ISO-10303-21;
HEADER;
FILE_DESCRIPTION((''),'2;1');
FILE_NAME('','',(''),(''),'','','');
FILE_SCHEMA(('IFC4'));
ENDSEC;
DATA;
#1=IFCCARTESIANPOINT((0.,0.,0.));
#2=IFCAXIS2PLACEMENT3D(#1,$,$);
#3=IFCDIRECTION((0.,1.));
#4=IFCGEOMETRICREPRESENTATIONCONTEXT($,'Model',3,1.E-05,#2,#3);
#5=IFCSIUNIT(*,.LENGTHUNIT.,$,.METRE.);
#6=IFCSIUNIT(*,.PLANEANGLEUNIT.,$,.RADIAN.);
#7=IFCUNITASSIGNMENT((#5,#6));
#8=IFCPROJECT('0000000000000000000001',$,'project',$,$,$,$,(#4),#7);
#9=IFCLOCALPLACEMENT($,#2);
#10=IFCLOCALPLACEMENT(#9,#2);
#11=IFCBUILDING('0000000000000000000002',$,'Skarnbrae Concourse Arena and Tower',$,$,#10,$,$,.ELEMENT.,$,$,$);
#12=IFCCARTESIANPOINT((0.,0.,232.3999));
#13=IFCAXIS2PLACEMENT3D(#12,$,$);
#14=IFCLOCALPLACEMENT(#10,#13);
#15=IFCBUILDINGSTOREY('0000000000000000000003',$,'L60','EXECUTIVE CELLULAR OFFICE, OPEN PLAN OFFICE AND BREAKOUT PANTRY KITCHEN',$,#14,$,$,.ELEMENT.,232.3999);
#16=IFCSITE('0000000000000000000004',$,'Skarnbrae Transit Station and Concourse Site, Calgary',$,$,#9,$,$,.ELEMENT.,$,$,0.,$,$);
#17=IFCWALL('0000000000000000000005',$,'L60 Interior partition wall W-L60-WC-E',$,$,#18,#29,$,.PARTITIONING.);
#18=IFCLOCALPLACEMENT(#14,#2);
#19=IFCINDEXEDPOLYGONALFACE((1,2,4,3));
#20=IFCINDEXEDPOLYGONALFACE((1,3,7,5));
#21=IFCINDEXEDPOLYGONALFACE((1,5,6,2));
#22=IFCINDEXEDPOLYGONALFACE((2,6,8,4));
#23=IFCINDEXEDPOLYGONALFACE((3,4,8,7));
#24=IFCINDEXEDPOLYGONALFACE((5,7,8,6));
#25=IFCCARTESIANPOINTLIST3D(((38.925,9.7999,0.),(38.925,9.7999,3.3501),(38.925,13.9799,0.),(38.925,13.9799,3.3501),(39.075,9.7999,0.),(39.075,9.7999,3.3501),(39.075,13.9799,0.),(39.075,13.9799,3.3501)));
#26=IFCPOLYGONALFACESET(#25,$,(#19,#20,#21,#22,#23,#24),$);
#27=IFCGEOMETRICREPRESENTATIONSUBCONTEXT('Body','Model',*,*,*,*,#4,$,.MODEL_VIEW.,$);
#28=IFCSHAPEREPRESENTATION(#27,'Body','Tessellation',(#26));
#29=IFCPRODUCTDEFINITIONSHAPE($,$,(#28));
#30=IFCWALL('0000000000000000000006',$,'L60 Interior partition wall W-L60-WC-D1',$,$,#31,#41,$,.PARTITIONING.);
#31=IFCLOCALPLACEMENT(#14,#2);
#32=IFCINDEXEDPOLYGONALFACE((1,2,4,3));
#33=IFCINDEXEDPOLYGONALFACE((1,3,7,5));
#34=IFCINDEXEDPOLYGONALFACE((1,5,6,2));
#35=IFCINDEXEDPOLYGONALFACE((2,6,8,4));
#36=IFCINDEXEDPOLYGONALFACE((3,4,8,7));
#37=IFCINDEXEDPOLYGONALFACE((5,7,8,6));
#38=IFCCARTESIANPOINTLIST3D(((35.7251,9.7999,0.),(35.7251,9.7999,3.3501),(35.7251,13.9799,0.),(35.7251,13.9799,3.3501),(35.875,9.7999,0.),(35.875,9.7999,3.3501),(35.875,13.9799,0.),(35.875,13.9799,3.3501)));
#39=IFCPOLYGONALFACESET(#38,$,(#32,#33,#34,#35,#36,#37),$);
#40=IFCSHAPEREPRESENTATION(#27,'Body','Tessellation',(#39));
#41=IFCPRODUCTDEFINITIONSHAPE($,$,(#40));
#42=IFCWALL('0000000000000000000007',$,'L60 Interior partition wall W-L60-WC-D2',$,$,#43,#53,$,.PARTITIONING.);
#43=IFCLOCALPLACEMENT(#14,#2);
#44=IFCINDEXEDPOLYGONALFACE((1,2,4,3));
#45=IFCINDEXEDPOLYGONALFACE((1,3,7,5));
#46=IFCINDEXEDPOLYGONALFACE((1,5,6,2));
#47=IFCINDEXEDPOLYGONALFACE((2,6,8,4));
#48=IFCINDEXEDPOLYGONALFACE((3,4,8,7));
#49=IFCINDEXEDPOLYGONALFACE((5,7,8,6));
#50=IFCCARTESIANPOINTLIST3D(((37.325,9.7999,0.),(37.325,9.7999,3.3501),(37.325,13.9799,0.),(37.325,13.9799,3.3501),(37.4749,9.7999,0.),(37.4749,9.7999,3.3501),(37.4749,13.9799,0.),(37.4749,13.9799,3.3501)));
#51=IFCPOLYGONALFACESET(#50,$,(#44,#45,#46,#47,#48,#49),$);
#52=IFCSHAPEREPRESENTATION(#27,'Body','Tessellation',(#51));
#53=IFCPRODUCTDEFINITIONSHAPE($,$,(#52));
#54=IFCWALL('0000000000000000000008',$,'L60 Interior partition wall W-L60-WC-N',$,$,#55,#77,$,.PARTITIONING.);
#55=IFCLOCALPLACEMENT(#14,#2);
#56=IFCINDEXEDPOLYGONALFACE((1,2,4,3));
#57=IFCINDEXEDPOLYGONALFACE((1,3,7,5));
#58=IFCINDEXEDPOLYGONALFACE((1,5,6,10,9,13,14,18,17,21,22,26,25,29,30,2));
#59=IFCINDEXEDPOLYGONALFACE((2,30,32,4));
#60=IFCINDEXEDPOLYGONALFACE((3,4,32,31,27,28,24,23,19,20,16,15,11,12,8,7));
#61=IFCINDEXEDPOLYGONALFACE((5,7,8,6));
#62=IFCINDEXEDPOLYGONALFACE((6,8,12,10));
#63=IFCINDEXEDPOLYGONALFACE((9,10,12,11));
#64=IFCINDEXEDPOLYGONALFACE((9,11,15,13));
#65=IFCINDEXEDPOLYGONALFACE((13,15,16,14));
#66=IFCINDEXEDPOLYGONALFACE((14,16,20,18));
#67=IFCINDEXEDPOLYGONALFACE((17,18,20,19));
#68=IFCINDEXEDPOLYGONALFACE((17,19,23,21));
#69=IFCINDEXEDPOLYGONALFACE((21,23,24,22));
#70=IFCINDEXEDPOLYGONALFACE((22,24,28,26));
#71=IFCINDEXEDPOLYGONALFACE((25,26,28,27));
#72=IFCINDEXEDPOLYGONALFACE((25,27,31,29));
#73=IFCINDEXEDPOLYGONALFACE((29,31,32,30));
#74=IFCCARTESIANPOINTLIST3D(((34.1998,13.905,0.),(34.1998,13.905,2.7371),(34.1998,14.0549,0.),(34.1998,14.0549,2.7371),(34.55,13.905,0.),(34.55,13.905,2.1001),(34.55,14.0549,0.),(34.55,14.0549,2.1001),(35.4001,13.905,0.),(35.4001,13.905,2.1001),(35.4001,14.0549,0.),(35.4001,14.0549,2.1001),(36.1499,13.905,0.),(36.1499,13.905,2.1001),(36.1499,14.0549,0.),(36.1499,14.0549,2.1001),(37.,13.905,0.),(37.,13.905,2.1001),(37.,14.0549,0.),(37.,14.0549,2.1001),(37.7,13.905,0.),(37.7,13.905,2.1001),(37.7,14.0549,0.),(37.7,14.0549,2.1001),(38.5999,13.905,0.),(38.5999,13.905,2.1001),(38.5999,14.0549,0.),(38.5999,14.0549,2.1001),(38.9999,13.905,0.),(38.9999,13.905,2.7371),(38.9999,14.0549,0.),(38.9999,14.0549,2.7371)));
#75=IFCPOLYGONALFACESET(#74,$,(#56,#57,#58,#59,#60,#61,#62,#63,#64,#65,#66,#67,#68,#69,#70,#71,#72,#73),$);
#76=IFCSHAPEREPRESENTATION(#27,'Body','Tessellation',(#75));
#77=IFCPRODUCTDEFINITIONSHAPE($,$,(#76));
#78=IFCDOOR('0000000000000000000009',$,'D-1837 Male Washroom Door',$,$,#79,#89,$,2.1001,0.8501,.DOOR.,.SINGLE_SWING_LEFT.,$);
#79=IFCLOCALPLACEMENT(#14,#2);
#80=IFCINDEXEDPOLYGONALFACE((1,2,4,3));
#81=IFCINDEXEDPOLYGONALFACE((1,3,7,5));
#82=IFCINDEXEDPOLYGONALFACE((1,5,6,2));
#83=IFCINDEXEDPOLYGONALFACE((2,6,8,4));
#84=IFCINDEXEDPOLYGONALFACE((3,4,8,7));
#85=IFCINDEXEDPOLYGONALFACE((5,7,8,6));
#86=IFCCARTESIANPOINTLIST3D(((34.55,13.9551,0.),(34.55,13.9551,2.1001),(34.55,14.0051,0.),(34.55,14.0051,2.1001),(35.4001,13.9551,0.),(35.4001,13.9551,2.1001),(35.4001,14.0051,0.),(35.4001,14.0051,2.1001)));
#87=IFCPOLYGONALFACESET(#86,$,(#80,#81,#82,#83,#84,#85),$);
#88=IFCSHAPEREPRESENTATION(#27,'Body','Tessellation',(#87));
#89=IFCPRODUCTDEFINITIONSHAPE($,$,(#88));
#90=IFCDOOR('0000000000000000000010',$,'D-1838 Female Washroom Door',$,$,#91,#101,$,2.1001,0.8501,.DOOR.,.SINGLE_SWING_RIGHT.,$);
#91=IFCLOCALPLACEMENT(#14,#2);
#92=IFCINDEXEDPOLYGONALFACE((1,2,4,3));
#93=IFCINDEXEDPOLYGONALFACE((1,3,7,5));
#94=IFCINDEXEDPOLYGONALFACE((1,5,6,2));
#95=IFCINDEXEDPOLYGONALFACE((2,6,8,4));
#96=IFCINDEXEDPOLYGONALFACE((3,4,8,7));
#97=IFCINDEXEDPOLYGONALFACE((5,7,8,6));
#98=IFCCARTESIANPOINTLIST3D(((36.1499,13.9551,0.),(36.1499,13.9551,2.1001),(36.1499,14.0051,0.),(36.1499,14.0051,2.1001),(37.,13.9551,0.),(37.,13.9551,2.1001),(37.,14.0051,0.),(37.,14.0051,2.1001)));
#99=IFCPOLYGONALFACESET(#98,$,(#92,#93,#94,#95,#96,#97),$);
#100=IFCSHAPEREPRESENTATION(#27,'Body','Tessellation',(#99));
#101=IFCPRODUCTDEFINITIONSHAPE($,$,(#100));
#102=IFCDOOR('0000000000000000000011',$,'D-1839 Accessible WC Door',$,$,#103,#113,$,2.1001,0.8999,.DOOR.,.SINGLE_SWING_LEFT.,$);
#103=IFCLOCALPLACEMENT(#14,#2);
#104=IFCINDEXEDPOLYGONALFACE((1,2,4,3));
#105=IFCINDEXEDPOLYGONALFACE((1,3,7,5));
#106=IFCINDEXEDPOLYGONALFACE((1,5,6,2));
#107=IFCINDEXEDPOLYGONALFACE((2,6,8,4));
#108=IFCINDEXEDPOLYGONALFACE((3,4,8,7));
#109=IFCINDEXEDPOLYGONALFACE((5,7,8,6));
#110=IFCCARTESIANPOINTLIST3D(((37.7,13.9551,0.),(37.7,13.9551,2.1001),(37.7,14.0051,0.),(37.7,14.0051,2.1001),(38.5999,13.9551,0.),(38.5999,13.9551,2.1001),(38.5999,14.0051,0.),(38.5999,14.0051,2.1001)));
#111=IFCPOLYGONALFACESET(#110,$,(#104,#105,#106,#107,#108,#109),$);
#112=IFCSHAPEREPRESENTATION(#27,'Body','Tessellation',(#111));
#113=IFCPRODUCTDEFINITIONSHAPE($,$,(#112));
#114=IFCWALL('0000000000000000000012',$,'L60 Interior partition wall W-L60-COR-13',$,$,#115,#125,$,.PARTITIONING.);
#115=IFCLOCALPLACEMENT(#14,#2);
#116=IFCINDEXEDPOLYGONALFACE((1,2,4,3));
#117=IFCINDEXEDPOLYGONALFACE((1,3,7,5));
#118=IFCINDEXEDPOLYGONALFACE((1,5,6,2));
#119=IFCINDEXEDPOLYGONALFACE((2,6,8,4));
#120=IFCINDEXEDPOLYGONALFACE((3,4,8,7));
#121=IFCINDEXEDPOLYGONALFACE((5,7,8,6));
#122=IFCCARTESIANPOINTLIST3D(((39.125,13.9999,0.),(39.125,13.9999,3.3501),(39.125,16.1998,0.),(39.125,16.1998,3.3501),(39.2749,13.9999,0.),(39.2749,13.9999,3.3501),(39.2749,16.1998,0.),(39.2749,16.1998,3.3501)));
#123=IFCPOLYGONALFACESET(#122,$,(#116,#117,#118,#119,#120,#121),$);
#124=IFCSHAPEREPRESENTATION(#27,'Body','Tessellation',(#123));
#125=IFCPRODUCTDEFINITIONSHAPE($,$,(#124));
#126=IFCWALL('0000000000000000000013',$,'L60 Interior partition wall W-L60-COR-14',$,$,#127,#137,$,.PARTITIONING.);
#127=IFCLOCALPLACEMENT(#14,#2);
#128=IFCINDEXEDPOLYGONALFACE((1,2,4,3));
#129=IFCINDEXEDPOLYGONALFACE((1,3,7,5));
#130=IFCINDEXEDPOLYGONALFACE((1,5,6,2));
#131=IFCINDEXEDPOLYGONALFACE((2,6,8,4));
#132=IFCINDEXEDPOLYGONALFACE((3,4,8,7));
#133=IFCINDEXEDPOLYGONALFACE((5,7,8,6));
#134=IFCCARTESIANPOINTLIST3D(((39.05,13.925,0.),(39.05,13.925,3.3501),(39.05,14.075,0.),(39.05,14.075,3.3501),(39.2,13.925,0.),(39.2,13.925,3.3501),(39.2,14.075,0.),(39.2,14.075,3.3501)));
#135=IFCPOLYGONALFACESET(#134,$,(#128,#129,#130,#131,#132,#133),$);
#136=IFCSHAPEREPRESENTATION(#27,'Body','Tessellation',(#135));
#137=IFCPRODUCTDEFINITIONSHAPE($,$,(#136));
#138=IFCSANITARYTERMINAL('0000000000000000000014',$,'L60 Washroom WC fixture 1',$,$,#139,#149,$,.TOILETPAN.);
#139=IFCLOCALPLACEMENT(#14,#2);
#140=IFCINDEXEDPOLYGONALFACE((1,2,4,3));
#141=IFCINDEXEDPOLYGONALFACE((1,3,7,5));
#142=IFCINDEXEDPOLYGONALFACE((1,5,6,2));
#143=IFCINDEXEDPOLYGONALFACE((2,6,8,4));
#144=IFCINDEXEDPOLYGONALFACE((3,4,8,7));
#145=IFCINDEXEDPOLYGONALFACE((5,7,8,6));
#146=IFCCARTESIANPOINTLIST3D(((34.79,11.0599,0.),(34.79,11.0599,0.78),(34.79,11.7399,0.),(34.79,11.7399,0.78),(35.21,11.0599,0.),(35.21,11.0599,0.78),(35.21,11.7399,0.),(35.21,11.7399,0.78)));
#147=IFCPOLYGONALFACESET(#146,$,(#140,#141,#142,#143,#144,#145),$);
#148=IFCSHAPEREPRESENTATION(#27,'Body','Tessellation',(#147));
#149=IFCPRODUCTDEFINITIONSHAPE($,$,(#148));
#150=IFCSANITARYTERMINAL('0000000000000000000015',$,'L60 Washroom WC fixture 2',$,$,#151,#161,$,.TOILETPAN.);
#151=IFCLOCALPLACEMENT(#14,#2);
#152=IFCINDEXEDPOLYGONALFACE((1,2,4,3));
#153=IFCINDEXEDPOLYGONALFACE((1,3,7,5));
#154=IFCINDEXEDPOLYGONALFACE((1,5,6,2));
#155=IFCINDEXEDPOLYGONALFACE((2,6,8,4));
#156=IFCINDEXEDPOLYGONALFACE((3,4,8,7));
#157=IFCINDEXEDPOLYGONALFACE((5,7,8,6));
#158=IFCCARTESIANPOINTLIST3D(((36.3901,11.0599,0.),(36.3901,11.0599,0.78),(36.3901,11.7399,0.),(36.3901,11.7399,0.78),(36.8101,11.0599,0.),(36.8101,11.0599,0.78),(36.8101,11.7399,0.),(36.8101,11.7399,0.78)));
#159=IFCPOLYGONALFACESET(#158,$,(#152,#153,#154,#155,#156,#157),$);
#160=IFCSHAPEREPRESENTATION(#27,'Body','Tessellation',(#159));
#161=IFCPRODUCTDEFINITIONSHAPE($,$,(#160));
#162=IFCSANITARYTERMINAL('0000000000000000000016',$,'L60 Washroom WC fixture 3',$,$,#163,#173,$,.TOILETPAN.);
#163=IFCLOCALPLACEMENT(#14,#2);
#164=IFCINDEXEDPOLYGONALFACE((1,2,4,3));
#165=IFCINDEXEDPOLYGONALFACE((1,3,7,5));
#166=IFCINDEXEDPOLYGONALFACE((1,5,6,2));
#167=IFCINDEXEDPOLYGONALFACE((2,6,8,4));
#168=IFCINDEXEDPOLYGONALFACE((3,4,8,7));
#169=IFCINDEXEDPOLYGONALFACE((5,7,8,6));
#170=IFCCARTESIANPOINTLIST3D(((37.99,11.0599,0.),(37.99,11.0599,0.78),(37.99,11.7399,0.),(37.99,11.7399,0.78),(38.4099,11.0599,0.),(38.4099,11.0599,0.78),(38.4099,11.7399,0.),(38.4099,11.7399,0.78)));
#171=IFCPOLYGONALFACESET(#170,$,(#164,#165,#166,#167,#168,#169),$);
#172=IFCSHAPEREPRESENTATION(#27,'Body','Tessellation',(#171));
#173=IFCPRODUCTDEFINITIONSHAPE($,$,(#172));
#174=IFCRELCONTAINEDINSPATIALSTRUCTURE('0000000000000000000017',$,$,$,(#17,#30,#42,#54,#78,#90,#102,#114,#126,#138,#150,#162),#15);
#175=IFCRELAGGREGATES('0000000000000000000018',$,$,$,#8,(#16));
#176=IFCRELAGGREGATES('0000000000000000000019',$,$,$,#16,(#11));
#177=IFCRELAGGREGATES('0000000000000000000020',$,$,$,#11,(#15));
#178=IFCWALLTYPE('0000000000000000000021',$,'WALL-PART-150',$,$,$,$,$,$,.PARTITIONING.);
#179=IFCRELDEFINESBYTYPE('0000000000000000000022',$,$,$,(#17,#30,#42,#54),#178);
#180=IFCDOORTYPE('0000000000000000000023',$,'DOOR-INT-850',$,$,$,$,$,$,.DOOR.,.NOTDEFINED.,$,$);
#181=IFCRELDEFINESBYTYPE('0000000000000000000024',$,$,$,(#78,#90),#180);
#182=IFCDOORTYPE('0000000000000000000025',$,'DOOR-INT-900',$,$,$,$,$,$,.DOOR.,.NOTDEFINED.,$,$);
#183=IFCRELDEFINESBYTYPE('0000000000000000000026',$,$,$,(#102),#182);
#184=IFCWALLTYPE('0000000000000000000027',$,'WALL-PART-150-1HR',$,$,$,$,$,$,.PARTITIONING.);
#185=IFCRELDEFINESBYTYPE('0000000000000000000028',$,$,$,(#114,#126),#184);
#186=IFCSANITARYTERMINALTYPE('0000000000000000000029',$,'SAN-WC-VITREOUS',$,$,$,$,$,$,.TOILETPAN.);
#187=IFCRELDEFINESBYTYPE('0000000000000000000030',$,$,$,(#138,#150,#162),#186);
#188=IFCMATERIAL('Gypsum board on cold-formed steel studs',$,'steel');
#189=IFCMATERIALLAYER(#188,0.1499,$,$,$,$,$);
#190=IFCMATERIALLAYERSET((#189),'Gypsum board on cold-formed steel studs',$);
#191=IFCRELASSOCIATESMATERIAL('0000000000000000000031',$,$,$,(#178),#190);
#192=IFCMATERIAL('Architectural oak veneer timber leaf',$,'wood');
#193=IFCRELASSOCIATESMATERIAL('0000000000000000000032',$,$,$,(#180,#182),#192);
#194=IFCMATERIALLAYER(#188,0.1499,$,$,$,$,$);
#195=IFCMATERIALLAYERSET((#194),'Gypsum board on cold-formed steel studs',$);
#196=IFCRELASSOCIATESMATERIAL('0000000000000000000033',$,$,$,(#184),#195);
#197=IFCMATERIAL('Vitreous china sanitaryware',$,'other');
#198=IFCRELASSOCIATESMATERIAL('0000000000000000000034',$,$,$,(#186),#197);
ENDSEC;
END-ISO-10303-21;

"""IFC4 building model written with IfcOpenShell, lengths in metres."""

from ifc_helpers import new_model, si_unit, direction, frame, frame_2d, origin, origin_2d, place, context, subcontext, project, spatial, rectangle, extrude, source, transform, mapped, material, layer, layer_set, type_object, element, fill, save


model = new_model("IFC4")

# Units and contexts
model_context = context("Model", 3, precision=1e-05, world=origin(), true_north=direction((0.0, 1.0)))
body_context = subcontext(model_context, "Body", "Model", "MODEL_VIEW")
ifc_project = project(units=[si_unit("LENGTHUNIT", "METRE"), si_unit("PLANEANGLEUNIT", "RADIAN")], contexts=[model_context])

# Site, building, storey
site_placement = place(None, origin())
site = spatial("IfcSite", under=ifc_project, at=site_placement, Name="Skarnbrae Transit Station and Concourse Site, Calgary", CompositionType="ELEMENT", RefElevation=0.0)
building_placement = place(site_placement, origin())
building = spatial("IfcBuilding", under=site, at=building_placement, Name="Skarnbrae Concourse Arena and Tower", CompositionType="ELEMENT")
storey_placement = place(building_placement, frame((0.0, 0.0, 232.3999)))
storey = spatial("IfcBuildingStorey", under=building, at=storey_placement, Name="L60", Description="EXECUTIVE CELLULAR OFFICE, OPEN PLAN OFFICE AND BREAKOUT PANTRY KITCHEN", CompositionType="ELEMENT", Elevation=232.3999)

# Walls
ifc_material_1 = material(Name="Gypsum board on cold-formed steel studs", Category="steel")
ifc_layer_1 = layer(ifc_material_1, 0.1499)
ifc_layer_set_1 = layer_set([ifc_layer_1], Name="Gypsum board on cold-formed steel studs")
wall_type_1 = type_object("IfcWallType", Name="WALL-PART-150", PredefinedType="PARTITIONING", material=ifc_layer_set_1)
shared_shape_1 = source(origin(), body_context, "Body", "SweptSolid", [
    extrude(rectangle(XDim=4.1799, YDim=0.1499, at=frame_2d((2.0898, 0.0))), origin(), (0.0, 0.0, 1.0), 3.3501),
])
for number, where, z_axis, x_axis, name in (
    (1, (39.0, 9.8, 0.0), (0.0, 0.0, 1.0), (0.0, 1.0, 0.0), "L60 Interior partition wall W-L60-WC-E"),
    (2, (35.8, 9.8, 0.0), (0.0, 0.0, 1.0), (0.0, 1.0, 0.0), "L60 Interior partition wall W-L60-WC-D1"),
    (3, (37.3999, 9.8, 0.0), (0.0, 0.0, 1.0), (0.0, 1.0, 0.0), "L60 Interior partition wall W-L60-WC-D2"),
):
    element("IfcWall", number, at=place(storey_placement, frame(where, z_axis=z_axis, x_axis=x_axis)), inside=storey, type_object=wall_type_1, Name=name, PredefinedType="PARTITIONING", context=body_context, shape_type="MappedRepresentation", body=[
        mapped(shared_shape_1, transform((0.0, 0.0, 0.0))),
    ])

# Wall, openings, doors
shared_shape_2 = source(origin(), body_context, "Body", "SweptSolid", [
    extrude(rectangle(XDim=4.8, YDim=0.1499, at=frame_2d((2.3999, 0.0))), origin(), (0.0, 0.0, 1.0), 2.7371),
])
wall_1_placement = place(storey_placement, frame((34.2, 13.98, 0.0), z_axis=(0.0, 0.0, 1.0), x_axis=(1.0, 0.0, 0.0)))
wall_1 = element("IfcWall", 4, at=wall_1_placement, inside=storey, type_object=wall_type_1, Name="L60 Interior partition wall W-L60-WC-N", PredefinedType="PARTITIONING", context=body_context, shape_type="MappedRepresentation", body=[
    mapped(shared_shape_2, transform((0.0, 0.0, 0.0))),
])
opening_1_placement = place(wall_1_placement, frame((0.3501, 0.0, 0.0)))
opening_1 = element("IfcOpeningElement", 5, at=opening_1_placement, cuts=wall_1, PredefinedType="OPENING", context=body_context, shape_type="SweptSolid", body=[
    extrude(rectangle(XDim=0.8501, YDim=2.1001, at=frame_2d((0.425, 1.05))), frame((0.0, 0.085, 0.0), z_axis=(0.0, -1.0, 0.0), x_axis=(1.0, 0.0, 0.0)), (0.0, 0.0, 1.0), 0.1699),
])
opening_2_placement = place(wall_1_placement, frame((1.95, 0.0, 0.0)))
opening_2 = element("IfcOpeningElement", 6, at=opening_2_placement, cuts=wall_1, PredefinedType="OPENING", context=body_context, shape_type="SweptSolid", body=[
    extrude(rectangle(XDim=0.8501, YDim=2.1001, at=frame_2d((0.425, 1.05))), frame((0.0, 0.085, 0.0), z_axis=(0.0, -1.0, 0.0), x_axis=(1.0, 0.0, 0.0)), (0.0, 0.0, 1.0), 0.1699),
])
opening_3_placement = place(wall_1_placement, frame((3.5, 0.0, 0.0)))
opening_3 = element("IfcOpeningElement", 7, at=opening_3_placement, cuts=wall_1, PredefinedType="OPENING", context=body_context, shape_type="SweptSolid", body=[
    extrude(rectangle(XDim=0.8999, YDim=2.1001, at=frame_2d((0.45, 1.05))), frame((0.0, 0.085, 0.0), z_axis=(0.0, -1.0, 0.0), x_axis=(1.0, 0.0, 0.0)), (0.0, 0.0, 1.0), 0.1699),
])
ifc_material_2 = material(Name="Architectural oak veneer timber leaf", Category="wood")
door_type_1 = type_object("IfcDoorType", Name="DOOR-INT-850", OperationType="NOTDEFINED", PredefinedType="DOOR", material=ifc_material_2)
shared_shape_3 = source(origin(), body_context, "Body", "SweptSolid", [
    extrude(rectangle(XDim=0.8501, YDim=2.1001, at=frame_2d((0.425, 1.05))), frame((0.0, 0.0249, 0.0), z_axis=(0.0, -1.0, 0.0), x_axis=(1.0, 0.0, 0.0)), (0.0, 0.0, 1.0), 0.05),
])
door_1_placement = place(opening_1_placement, frame((0.8501, 0.0, 0.0), z_axis=(0.0, 0.0, 1.0), x_axis=(-1.0, 0.0, 0.0)))
door_1 = element("IfcDoor", 8, at=door_1_placement, inside=storey, type_object=door_type_1, Name="D-1837 Male Washroom Door", OperationType="SINGLE_SWING_LEFT", OverallHeight=2.1001, OverallWidth=0.8501, PredefinedType="DOOR", context=body_context, shape_type="MappedRepresentation", body=[
    mapped(shared_shape_3, transform((0.0, 0.0, 0.0))),
])
fill(opening_1, door_1)
door_2_placement = place(opening_2_placement, frame((0.8501, 0.0, 0.0), z_axis=(0.0, 0.0, 1.0), x_axis=(-1.0, 0.0, 0.0)))
door_2 = element("IfcDoor", 9, at=door_2_placement, inside=storey, type_object=door_type_1, Name="D-1838 Female Washroom Door", OperationType="SINGLE_SWING_RIGHT", OverallHeight=2.1001, OverallWidth=0.8501, PredefinedType="DOOR", context=body_context, shape_type="MappedRepresentation", body=[
    mapped(shared_shape_3, transform((0.0, 0.0, 0.0))),
])
fill(opening_2, door_2)
door_type_2 = type_object("IfcDoorType", Name="DOOR-INT-900", OperationType="NOTDEFINED", PredefinedType="DOOR", material=ifc_material_2)
shared_shape_4 = source(origin(), body_context, "Body", "SweptSolid", [
    extrude(rectangle(XDim=0.8999, YDim=2.1001, at=frame_2d((0.45, 1.05))), frame((0.0, 0.0249, 0.0), z_axis=(0.0, -1.0, 0.0), x_axis=(1.0, 0.0, 0.0)), (0.0, 0.0, 1.0), 0.05),
])
door_3_placement = place(opening_3_placement, frame((0.8999, 0.0, 0.0), z_axis=(0.0, 0.0, 1.0), x_axis=(-1.0, 0.0, 0.0)))
door_3 = element("IfcDoor", 10, at=door_3_placement, inside=storey, type_object=door_type_2, Name="D-1839 Accessible WC Door", OperationType="SINGLE_SWING_LEFT", OverallHeight=2.1001, OverallWidth=0.8999, PredefinedType="DOOR", context=body_context, shape_type="MappedRepresentation", body=[
    mapped(shared_shape_4, transform((0.0, 0.0, 0.0))),
])
fill(opening_3, door_3)

# Walls
ifc_layer_2 = layer(ifc_material_1, 0.1499)
ifc_layer_set_2 = layer_set([ifc_layer_2], Name="Gypsum board on cold-formed steel studs")
wall_type_2 = type_object("IfcWallType", Name="WALL-PART-150-1HR", PredefinedType="PARTITIONING", material=ifc_layer_set_2)
shared_shape_5 = source(origin(), body_context, "Body", "SweptSolid", [
    extrude(rectangle(XDim=2.2, YDim=0.1499, at=frame_2d((1.1001, 0.0))), origin(), (0.0, 0.0, 1.0), 3.3501),
])
wall_2_placement = place(storey_placement, frame((39.2, 16.2, 0.0), z_axis=(0.0, 0.0, 1.0), x_axis=(0.0, -1.0, 0.0)))
element("IfcWall", 11, at=wall_2_placement, inside=storey, type_object=wall_type_2, Name="L60 Interior partition wall W-L60-COR-13", PredefinedType="PARTITIONING", context=body_context, shape_type="MappedRepresentation", body=[
    mapped(shared_shape_5, transform((0.0, 0.0, 0.0))),
])
shared_shape_6 = source(origin(), body_context, "Body", "SweptSolid", [
    extrude(rectangle(XDim=0.1499, YDim=0.1499, at=frame_2d((0.075, 0.0))), origin(), (0.0, 0.0, 1.0), 3.3501),
])
wall_3_placement = place(storey_placement, frame((39.2, 14.0, 0.0), z_axis=(0.0, 0.0, 1.0), x_axis=(-1.0, 0.0, 0.0)))
element("IfcWall", 12, at=wall_3_placement, inside=storey, type_object=wall_type_2, Name="L60 Interior partition wall W-L60-COR-14", PredefinedType="PARTITIONING", context=body_context, shape_type="MappedRepresentation", body=[
    mapped(shared_shape_6, transform((0.0, 0.0, 0.0))),
])

# Sanitary terminals
ifc_material_3 = material(Name="Vitreous china sanitaryware", Category="other")
sanitary_terminal_type = type_object("IfcSanitaryTerminalType", Name="SAN-WC-VITREOUS", PredefinedType="TOILETPAN", material=ifc_material_3)
shared_shape_7 = source(origin(), body_context, "Body", "SweptSolid", [
    extrude(rectangle(XDim=0.4199, YDim=0.6799, at=origin_2d()), origin(), (0.0, 0.0, 1.0), 0.78),
])
for number, where, z_axis, x_axis, name in (
    (13, (35.0, 11.3999, 0.0), (0.0, 0.0, 1.0), (1.0, 0.0, 0.0), "L60 Washroom WC fixture 1"),
    (14, (36.6001, 11.3999, 0.0), (0.0, 0.0, 1.0), (1.0, 0.0, 0.0), "L60 Washroom WC fixture 2"),
    (15, (38.2, 11.3999, 0.0), (0.0, 0.0, 1.0), (1.0, 0.0, 0.0), "L60 Washroom WC fixture 3"),
):
    element("IfcSanitaryTerminal", number, at=place(storey_placement, frame(where, z_axis=z_axis, x_axis=x_axis)), inside=storey, type_object=sanitary_terminal_type, Name=name, PredefinedType="TOILETPAN", context=body_context, shape_type="MappedRepresentation", body=[
        mapped(shared_shape_7, transform((0.0, 0.0, 0.0))),
    ])

save(model, "model.ifc")
